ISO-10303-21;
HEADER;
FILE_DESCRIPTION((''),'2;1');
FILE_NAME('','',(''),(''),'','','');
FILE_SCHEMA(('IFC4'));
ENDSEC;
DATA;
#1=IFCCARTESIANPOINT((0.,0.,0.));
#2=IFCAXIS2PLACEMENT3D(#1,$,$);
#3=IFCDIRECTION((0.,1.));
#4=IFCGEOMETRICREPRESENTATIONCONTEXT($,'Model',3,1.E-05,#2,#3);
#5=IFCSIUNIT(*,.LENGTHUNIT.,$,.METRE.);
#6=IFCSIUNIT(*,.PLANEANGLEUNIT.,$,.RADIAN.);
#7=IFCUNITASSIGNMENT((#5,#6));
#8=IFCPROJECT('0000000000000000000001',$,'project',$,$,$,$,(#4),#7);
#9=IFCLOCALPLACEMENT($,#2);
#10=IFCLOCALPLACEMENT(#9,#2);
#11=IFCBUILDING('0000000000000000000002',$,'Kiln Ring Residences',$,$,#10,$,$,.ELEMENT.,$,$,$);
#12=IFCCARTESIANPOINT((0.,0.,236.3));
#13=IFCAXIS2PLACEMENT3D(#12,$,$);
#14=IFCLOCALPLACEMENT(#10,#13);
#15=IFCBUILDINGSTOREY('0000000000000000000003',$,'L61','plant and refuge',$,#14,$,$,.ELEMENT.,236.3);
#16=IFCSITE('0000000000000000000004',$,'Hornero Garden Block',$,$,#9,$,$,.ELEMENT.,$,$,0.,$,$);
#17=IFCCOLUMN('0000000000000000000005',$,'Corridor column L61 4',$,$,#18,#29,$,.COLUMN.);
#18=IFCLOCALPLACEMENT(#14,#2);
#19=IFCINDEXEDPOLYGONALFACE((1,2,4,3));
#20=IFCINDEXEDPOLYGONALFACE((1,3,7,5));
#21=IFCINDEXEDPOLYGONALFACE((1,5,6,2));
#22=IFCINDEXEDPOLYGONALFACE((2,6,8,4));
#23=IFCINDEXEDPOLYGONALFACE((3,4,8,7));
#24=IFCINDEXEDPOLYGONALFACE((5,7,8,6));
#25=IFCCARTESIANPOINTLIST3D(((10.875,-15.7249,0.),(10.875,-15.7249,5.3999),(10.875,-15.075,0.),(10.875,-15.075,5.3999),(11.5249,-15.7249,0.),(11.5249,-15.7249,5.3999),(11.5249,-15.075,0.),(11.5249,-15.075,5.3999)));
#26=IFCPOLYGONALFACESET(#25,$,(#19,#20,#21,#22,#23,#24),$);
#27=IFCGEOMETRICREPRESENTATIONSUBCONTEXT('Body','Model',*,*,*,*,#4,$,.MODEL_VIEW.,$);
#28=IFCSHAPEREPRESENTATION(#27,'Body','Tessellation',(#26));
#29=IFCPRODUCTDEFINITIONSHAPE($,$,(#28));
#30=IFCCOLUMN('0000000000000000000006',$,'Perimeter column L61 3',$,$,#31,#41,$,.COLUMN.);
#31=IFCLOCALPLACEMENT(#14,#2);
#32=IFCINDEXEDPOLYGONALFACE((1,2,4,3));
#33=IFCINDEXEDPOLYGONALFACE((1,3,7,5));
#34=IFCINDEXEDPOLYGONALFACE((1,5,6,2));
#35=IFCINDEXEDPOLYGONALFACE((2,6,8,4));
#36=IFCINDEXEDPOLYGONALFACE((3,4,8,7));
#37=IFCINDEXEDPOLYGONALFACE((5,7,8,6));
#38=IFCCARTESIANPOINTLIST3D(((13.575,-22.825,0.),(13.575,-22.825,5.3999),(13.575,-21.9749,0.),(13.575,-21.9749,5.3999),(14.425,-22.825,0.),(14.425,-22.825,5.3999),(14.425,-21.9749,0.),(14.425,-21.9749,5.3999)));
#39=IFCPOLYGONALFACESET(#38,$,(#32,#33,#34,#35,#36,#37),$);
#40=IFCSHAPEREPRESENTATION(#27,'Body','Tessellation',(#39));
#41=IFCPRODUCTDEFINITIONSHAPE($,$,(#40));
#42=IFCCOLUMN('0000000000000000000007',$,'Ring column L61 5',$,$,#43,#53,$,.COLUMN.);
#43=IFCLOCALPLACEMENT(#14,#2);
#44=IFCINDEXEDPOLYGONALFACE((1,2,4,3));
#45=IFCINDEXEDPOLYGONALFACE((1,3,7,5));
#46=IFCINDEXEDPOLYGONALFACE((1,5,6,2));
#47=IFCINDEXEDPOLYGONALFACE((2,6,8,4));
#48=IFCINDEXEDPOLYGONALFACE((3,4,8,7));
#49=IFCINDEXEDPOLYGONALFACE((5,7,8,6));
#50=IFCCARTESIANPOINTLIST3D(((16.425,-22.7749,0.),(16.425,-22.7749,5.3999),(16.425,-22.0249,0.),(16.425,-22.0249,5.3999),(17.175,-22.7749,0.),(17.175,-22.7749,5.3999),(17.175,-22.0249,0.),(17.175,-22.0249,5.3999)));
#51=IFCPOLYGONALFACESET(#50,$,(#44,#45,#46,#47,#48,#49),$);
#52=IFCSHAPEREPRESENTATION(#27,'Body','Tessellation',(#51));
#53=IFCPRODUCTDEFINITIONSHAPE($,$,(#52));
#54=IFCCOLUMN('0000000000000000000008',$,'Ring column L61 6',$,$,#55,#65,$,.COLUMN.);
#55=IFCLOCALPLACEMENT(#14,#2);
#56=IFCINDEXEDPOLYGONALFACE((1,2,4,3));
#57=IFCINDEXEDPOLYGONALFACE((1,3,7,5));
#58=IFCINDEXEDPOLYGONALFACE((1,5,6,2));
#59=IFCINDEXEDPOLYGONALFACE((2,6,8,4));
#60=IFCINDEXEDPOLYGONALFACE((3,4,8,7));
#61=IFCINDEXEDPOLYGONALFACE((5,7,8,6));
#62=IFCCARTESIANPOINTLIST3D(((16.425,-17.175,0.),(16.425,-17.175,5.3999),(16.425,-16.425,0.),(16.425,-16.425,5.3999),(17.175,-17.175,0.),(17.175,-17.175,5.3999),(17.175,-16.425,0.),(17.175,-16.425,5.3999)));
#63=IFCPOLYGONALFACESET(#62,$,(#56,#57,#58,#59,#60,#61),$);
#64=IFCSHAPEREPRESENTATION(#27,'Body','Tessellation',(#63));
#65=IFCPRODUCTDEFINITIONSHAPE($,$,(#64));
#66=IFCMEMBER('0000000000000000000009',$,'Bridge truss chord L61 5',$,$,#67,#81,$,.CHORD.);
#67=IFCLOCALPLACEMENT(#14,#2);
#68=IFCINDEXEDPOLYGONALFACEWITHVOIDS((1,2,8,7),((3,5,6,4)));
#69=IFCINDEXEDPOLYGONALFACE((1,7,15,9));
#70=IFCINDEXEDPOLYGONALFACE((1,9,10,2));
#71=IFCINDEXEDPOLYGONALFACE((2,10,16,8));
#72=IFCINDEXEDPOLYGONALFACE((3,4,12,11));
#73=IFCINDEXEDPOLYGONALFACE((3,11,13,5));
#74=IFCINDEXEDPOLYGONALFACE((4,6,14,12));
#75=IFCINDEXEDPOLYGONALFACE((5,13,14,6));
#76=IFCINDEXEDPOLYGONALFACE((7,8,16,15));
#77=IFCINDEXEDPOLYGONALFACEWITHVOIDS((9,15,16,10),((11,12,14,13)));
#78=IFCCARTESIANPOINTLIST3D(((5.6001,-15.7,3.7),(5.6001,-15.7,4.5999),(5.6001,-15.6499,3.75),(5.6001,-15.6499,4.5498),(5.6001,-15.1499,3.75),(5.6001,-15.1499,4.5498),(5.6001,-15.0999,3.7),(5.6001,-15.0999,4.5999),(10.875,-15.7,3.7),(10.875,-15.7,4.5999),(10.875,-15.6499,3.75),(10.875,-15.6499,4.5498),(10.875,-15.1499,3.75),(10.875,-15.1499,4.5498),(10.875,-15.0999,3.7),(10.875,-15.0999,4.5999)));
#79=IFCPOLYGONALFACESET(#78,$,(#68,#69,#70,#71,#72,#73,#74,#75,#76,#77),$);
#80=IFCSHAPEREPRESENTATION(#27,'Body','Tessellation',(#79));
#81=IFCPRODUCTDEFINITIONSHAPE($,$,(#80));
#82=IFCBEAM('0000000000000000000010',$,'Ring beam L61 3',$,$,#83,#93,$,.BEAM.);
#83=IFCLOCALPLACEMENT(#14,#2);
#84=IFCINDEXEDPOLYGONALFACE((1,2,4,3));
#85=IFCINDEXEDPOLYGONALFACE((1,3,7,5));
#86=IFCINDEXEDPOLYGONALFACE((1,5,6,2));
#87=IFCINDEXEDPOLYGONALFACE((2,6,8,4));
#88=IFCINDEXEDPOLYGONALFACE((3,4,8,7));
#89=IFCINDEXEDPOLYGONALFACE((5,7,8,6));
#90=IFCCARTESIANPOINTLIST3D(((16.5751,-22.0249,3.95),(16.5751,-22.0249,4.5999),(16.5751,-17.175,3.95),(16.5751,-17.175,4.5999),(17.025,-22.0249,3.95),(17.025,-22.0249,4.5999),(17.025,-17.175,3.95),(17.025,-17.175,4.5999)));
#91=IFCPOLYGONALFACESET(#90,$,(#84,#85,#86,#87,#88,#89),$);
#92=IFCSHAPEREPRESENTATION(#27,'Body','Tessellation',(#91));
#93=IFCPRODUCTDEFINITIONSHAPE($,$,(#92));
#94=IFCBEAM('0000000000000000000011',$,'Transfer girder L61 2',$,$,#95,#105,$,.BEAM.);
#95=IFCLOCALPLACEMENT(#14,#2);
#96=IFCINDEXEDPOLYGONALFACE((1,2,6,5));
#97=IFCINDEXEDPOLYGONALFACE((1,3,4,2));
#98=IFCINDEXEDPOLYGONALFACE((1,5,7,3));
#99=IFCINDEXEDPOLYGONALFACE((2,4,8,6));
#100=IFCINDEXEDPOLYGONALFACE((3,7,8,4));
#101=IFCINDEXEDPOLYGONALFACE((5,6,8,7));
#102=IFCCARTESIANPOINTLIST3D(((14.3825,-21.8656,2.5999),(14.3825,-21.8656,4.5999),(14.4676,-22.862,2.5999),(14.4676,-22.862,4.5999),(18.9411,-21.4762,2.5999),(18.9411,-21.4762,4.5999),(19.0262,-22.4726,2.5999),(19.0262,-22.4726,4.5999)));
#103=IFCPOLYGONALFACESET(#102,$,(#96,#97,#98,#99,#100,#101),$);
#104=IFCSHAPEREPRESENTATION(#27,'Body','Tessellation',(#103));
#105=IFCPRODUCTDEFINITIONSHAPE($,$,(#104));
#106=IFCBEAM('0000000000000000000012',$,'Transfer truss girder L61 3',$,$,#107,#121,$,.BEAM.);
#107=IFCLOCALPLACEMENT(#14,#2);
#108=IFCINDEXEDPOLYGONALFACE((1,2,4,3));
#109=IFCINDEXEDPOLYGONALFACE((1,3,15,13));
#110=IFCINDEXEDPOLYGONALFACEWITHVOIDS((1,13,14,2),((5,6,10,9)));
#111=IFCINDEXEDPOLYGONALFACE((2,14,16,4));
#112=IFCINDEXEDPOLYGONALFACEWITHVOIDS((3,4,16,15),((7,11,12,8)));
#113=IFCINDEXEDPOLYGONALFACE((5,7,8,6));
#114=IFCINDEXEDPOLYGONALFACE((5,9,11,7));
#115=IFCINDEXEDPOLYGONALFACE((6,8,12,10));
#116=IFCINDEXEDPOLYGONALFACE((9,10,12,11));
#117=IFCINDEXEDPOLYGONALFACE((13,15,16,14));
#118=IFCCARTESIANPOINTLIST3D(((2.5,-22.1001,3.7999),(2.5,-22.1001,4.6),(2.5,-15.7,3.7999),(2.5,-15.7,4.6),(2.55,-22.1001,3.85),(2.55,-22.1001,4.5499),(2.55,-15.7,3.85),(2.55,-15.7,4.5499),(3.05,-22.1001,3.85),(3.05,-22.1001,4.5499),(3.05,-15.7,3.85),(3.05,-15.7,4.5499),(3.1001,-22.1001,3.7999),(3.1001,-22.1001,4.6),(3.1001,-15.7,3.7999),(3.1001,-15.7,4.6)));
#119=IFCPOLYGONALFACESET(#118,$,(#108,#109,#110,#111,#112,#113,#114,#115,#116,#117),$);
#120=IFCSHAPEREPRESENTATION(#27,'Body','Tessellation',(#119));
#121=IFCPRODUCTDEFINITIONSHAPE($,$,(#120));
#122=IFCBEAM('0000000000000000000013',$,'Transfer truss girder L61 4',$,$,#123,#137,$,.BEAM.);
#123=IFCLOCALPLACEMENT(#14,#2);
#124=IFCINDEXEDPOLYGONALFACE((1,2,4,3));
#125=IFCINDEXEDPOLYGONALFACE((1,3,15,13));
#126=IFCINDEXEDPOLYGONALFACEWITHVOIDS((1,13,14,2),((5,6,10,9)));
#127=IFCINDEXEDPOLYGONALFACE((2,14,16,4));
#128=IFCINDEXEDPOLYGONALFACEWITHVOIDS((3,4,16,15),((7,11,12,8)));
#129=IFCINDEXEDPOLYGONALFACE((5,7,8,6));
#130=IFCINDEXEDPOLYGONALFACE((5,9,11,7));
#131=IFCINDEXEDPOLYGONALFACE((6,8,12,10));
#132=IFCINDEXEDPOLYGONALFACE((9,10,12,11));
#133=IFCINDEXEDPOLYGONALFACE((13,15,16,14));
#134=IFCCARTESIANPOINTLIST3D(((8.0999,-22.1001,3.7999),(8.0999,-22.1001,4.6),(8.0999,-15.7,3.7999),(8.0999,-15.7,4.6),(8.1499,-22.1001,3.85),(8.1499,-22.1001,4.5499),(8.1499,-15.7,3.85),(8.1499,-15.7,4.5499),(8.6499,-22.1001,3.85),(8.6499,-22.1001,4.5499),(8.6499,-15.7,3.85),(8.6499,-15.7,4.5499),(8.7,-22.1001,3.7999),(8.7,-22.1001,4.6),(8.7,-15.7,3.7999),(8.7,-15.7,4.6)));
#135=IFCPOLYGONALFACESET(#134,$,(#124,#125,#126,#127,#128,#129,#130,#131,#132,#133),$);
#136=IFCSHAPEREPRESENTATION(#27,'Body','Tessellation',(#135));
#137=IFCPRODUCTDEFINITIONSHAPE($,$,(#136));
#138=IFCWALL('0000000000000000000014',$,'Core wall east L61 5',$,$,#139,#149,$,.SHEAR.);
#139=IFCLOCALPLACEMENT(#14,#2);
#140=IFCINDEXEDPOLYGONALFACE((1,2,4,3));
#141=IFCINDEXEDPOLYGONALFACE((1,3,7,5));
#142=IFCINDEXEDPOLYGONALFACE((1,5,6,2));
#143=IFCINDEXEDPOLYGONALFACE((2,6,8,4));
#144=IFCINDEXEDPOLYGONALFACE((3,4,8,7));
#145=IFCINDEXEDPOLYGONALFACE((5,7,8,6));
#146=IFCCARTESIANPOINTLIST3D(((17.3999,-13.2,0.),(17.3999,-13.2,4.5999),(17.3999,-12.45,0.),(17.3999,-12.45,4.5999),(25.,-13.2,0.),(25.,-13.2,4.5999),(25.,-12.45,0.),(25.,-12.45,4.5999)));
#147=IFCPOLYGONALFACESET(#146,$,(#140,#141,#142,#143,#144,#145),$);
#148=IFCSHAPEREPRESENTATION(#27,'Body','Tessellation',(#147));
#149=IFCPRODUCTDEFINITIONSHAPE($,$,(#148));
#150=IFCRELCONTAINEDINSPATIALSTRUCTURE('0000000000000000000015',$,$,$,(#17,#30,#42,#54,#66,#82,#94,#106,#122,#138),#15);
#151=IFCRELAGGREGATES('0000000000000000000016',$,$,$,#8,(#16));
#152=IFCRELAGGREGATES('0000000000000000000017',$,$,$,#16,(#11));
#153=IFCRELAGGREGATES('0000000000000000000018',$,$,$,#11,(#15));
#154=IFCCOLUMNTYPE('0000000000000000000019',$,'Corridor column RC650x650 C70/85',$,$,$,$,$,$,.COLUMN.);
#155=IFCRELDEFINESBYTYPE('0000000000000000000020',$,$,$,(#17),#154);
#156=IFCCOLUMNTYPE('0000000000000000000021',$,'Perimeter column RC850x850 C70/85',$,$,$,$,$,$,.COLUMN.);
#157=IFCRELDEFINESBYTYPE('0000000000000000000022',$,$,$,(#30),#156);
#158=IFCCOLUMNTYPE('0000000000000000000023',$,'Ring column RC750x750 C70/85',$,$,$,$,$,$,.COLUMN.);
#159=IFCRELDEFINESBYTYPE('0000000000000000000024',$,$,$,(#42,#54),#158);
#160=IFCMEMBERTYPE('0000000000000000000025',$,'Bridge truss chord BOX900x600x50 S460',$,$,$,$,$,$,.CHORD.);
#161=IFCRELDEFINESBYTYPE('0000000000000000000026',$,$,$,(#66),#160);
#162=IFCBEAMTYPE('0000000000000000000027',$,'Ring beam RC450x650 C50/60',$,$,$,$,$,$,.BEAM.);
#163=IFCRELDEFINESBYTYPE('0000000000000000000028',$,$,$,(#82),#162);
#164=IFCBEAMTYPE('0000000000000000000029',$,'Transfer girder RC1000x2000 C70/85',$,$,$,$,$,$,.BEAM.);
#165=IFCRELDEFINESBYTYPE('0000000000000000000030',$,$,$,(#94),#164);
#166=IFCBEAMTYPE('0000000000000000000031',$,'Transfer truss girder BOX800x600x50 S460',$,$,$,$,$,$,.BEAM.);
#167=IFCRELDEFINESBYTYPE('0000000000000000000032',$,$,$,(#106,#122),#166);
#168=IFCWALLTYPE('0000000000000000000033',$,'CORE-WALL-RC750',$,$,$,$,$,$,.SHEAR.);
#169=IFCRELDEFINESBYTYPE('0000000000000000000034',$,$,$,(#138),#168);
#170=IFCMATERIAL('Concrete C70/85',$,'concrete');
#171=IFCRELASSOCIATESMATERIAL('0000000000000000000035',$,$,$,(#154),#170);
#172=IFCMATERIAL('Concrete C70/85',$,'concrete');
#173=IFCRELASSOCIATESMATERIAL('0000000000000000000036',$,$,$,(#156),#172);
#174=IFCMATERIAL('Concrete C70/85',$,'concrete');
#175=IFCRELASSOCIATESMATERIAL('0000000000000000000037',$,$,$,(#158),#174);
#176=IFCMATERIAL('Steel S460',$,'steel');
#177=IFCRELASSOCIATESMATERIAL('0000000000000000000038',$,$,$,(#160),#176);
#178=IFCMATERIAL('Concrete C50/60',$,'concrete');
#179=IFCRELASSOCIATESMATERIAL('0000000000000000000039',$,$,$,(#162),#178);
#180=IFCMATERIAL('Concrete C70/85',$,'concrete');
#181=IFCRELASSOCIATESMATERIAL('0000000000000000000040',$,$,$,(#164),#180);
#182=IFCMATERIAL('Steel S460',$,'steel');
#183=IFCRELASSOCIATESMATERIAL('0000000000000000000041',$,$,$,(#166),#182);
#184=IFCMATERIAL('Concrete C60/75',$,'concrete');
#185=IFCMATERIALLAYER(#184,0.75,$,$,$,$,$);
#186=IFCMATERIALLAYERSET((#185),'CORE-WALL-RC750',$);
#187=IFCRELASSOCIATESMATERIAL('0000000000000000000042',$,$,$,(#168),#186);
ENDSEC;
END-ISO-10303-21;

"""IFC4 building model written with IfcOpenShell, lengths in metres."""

from ifc_helpers import new_model, si_unit, direction, frame, frame_2d, origin, origin_2d, place, context, subcontext, project, spatial, rectangle, hollow_rectangle, extrude, material, layer, layer_set, material_profile, profile_set, type_object, element, save


model = new_model("IFC4")

# Units and contexts
model_context = context("Model", 3, precision=1e-05, world=origin(), true_north=direction((0.0, 1.0)))
body_context = subcontext(model_context, "Body", "Model", "MODEL_VIEW")
ifc_project = project(units=[si_unit("LENGTHUNIT", "METRE"), si_unit("PLANEANGLEUNIT", "RADIAN")], contexts=[model_context])

# Site, building, storey
site_placement = place(None, origin())
site = spatial("IfcSite", under=ifc_project, at=site_placement, Name="Hornero Garden Block", CompositionType="ELEMENT", RefElevation=0.0)
building_placement = place(site_placement, origin())
building = spatial("IfcBuilding", under=site, at=building_placement, Name="Kiln Ring Residences", CompositionType="ELEMENT")
storey_placement = place(building_placement, frame((0.0, 0.0, 236.3)))
storey = spatial("IfcBuildingStorey", under=building, at=storey_placement, Name="L61", Description="plant and refuge", CompositionType="ELEMENT", Elevation=236.3)

# Columns
ifc_material_1 = material(Name="Concrete C70/85", Category="concrete")
ifc_material_profile_1 = material_profile(ifc_material_1, rectangle(XDim=0.6499, YDim=0.6499, at=origin_2d()), Name="RC650x650")
ifc_profile_set_1 = profile_set([ifc_material_profile_1], Name="Concrete C70/85")
column_type_1 = type_object("IfcColumnType", Name="Corridor column RC650x650 C70/85", PredefinedType="COLUMN", material=ifc_profile_set_1)
column_1_placement = place(storey_placement, frame((11.2, -15.3999, 0.0), z_axis=(0.0, 0.0, 1.0), x_axis=(1.0, 0.0, 0.0)))
element("IfcColumn", 1, at=column_1_placement, inside=storey, type_object=column_type_1, Name="Corridor column L61 4", PredefinedType="COLUMN", context=body_context, shape_type="SweptSolid", body=[
    extrude(rectangle(XDim=0.6499, YDim=0.6499, at=origin_2d()), origin(), (0.0, 0.0, 1.0), 5.3999),
])
ifc_material_2 = material(Name="Concrete C70/85", Category="concrete")
ifc_material_profile_2 = material_profile(ifc_material_2, rectangle(XDim=0.8501, YDim=0.8501, at=origin_2d()), Name="RC850x850")
ifc_profile_set_2 = profile_set([ifc_material_profile_2], Name="Concrete C70/85")
column_type_2 = type_object("IfcColumnType", Name="Perimeter column RC850x850 C70/85", PredefinedType="COLUMN", material=ifc_profile_set_2)
column_2_placement = place(storey_placement, frame((14.0, -22.3999, 0.0), z_axis=(0.0, 0.0, 1.0), x_axis=(1.0, 0.0, 0.0)))
element("IfcColumn", 2, at=column_2_placement, inside=storey, type_object=column_type_2, Name="Perimeter column L61 3", PredefinedType="COLUMN", context=body_context, shape_type="SweptSolid", body=[
    extrude(rectangle(XDim=0.8501, YDim=0.8501, at=origin_2d()), origin(), (0.0, 0.0, 1.0), 5.3999),
])
ifc_material_3 = material(Name="Concrete C70/85", Category="concrete")
ifc_material_profile_3 = material_profile(ifc_material_3, rectangle(XDim=0.75, YDim=0.75, at=origin_2d()), Name="RC750x750")
ifc_profile_set_3 = profile_set([ifc_material_profile_3], Name="Concrete C70/85")
column_type_3 = type_object("IfcColumnType", Name="Ring column RC750x750 C70/85", PredefinedType="COLUMN", material=ifc_profile_set_3)
for number, where, z_axis, x_axis, name in (
    (3, (16.8, -22.3999, 0.0), (0.0, 0.0, 1.0), (1.0, 0.0, 0.0), "Ring column L61 5"),
    (4, (16.8, -16.8, 0.0), (0.0, 0.0, 1.0), (1.0, 0.0, 0.0), "Ring column L61 6"),
):
    element("IfcColumn", number, at=place(storey_placement, frame(where, z_axis=z_axis, x_axis=x_axis)), inside=storey, type_object=column_type_3, Name=name, PredefinedType="COLUMN", context=body_context, shape_type="SweptSolid", body=[
        extrude(rectangle(XDim=0.75, YDim=0.75, at=origin_2d()), origin(), (0.0, 0.0, 1.0), 5.3999),
    ])

# Member
ifc_material_4 = material(Name="Steel S460", Category="steel")
ifc_material_profile_4 = material_profile(ifc_material_4, hollow_rectangle(XDim=0.6001, YDim=0.8999, WallThickness=0.05, at=origin_2d()), Name="BOX900x600x50")
ifc_profile_set_4 = profile_set([ifc_material_profile_4], Name="Steel S460")
member_type = type_object("IfcMemberType", Name="Bridge truss chord BOX900x600x50 S460", PredefinedType="CHORD", material=ifc_profile_set_4)
member_placement = place(storey_placement, frame((5.6001, -15.3999, 4.1499), z_axis=(1.0, 0.0, 0.0), x_axis=(0.0, 1.0, 0.0)))
element("IfcMember", 5, at=member_placement, inside=storey, type_object=member_type, Name="Bridge truss chord L61 5", PredefinedType="CHORD", context=body_context, shape_type="SweptSolid", body=[
    extrude(hollow_rectangle(XDim=0.6001, YDim=0.8999, WallThickness=0.05, at=origin_2d()), origin(), (0.0, 0.0, 1.0), 5.2749),
])

# Beams
ifc_material_5 = material(Name="Concrete C50/60", Category="concrete")
ifc_material_profile_5 = material_profile(ifc_material_5, rectangle(XDim=0.45, YDim=0.6499, at=origin_2d()), Name="RC450x650")
ifc_profile_set_5 = profile_set([ifc_material_profile_5], Name="Concrete C50/60")
beam_type_1 = type_object("IfcBeamType", Name="Ring beam RC450x650 C50/60", PredefinedType="BEAM", material=ifc_profile_set_5)
beam_1_placement = place(storey_placement, frame((16.8, -17.175, 4.2749), z_axis=(0.0, -1.0, 0.0), x_axis=(1.0, 0.0, 0.0)))
element("IfcBeam", 6, at=beam_1_placement, inside=storey, type_object=beam_type_1, Name="Ring beam L61 3", PredefinedType="BEAM", context=body_context, shape_type="SweptSolid", body=[
    extrude(rectangle(XDim=0.45, YDim=0.6499, at=origin_2d()), origin(), (0.0, 0.0, 1.0), 4.8499),
])
ifc_material_6 = material(Name="Concrete C70/85", Category="concrete")
ifc_material_profile_6 = material_profile(ifc_material_6, rectangle(XDim=1.0, YDim=2.0, at=origin_2d()), Name="RC1000x2000")
ifc_profile_set_6 = profile_set([ifc_material_profile_6], Name="Concrete C70/85")
beam_type_2 = type_object("IfcBeamType", Name="Transfer girder RC1000x2000 C70/85", PredefinedType="BEAM", material=ifc_profile_set_6)
beam_2_placement = place(storey_placement, frame((14.425, -22.3638, 3.5999), z_axis=(0.996371, 0.085112, 0.0), x_axis=(-0.085112, 0.996371, 0.0)))
element("IfcBeam", 7, at=beam_2_placement, inside=storey, type_object=beam_type_2, Name="Transfer girder L61 2", PredefinedType="BEAM", context=body_context, shape_type="SweptSolid", body=[
    extrude(rectangle(XDim=1.0, YDim=2.0, at=origin_2d()), origin(), (0.0, 0.0, 1.0), 4.5752),
])
ifc_material_7 = material(Name="Steel S460", Category="steel")
ifc_material_profile_7 = material_profile(ifc_material_7, hollow_rectangle(XDim=0.6001, YDim=0.8, WallThickness=0.05, at=origin_2d()), Name="BOX800x600x50")
ifc_profile_set_7 = profile_set([ifc_material_profile_7], Name="Steel S460")
beam_type_3 = type_object("IfcBeamType", Name="Transfer truss girder BOX800x600x50 S460", PredefinedType="BEAM", material=ifc_profile_set_7)
for number, where, z_axis, x_axis, name in (
    (8, (2.8, -22.1001, 4.2), (0.0, 1.0, 0.0), (-1.0, 0.0, 0.0), "Transfer truss girder L61 3"),
    (9, (8.3999, -22.1001, 4.2), (0.0, 1.0, 0.0), (-1.0, 0.0, 0.0), "Transfer truss girder L61 4"),
):
    element("IfcBeam", number, at=place(storey_placement, frame(where, z_axis=z_axis, x_axis=x_axis)), inside=storey, type_object=beam_type_3, Name=name, PredefinedType="BEAM", context=body_context, shape_type="SweptSolid", body=[
        extrude(hollow_rectangle(XDim=0.6001, YDim=0.8, WallThickness=0.05, at=origin_2d()), origin(), (0.0, 0.0, 1.0), 6.4001),
    ])

# Wall
ifc_material_8 = material(Name="Concrete C60/75", Category="concrete")
ifc_layer_1 = layer(ifc_material_8, 0.75)
ifc_layer_set_1 = layer_set([ifc_layer_1], Name="CORE-WALL-RC750")
wall_type_1 = type_object("IfcWallType", Name="CORE-WALL-RC750", PredefinedType="SHEAR", material=ifc_layer_set_1)
wall_1_placement = place(storey_placement, frame((17.3999, -12.825, 0.0), z_axis=(0.0, 0.0, 1.0), x_axis=(1.0, 0.0, 0.0)))
element("IfcWall", 10, at=wall_1_placement, inside=storey, type_object=wall_type_1, Name="Core wall east L61 5", PredefinedType="SHEAR", context=body_context, shape_type="SweptSolid", body=[
    extrude(rectangle(XDim=7.6001, YDim=0.75, at=frame_2d((3.8, 0.0))), origin(), (0.0, 0.0, 1.0), 4.5999),
])

save(model, "model.ifc")
